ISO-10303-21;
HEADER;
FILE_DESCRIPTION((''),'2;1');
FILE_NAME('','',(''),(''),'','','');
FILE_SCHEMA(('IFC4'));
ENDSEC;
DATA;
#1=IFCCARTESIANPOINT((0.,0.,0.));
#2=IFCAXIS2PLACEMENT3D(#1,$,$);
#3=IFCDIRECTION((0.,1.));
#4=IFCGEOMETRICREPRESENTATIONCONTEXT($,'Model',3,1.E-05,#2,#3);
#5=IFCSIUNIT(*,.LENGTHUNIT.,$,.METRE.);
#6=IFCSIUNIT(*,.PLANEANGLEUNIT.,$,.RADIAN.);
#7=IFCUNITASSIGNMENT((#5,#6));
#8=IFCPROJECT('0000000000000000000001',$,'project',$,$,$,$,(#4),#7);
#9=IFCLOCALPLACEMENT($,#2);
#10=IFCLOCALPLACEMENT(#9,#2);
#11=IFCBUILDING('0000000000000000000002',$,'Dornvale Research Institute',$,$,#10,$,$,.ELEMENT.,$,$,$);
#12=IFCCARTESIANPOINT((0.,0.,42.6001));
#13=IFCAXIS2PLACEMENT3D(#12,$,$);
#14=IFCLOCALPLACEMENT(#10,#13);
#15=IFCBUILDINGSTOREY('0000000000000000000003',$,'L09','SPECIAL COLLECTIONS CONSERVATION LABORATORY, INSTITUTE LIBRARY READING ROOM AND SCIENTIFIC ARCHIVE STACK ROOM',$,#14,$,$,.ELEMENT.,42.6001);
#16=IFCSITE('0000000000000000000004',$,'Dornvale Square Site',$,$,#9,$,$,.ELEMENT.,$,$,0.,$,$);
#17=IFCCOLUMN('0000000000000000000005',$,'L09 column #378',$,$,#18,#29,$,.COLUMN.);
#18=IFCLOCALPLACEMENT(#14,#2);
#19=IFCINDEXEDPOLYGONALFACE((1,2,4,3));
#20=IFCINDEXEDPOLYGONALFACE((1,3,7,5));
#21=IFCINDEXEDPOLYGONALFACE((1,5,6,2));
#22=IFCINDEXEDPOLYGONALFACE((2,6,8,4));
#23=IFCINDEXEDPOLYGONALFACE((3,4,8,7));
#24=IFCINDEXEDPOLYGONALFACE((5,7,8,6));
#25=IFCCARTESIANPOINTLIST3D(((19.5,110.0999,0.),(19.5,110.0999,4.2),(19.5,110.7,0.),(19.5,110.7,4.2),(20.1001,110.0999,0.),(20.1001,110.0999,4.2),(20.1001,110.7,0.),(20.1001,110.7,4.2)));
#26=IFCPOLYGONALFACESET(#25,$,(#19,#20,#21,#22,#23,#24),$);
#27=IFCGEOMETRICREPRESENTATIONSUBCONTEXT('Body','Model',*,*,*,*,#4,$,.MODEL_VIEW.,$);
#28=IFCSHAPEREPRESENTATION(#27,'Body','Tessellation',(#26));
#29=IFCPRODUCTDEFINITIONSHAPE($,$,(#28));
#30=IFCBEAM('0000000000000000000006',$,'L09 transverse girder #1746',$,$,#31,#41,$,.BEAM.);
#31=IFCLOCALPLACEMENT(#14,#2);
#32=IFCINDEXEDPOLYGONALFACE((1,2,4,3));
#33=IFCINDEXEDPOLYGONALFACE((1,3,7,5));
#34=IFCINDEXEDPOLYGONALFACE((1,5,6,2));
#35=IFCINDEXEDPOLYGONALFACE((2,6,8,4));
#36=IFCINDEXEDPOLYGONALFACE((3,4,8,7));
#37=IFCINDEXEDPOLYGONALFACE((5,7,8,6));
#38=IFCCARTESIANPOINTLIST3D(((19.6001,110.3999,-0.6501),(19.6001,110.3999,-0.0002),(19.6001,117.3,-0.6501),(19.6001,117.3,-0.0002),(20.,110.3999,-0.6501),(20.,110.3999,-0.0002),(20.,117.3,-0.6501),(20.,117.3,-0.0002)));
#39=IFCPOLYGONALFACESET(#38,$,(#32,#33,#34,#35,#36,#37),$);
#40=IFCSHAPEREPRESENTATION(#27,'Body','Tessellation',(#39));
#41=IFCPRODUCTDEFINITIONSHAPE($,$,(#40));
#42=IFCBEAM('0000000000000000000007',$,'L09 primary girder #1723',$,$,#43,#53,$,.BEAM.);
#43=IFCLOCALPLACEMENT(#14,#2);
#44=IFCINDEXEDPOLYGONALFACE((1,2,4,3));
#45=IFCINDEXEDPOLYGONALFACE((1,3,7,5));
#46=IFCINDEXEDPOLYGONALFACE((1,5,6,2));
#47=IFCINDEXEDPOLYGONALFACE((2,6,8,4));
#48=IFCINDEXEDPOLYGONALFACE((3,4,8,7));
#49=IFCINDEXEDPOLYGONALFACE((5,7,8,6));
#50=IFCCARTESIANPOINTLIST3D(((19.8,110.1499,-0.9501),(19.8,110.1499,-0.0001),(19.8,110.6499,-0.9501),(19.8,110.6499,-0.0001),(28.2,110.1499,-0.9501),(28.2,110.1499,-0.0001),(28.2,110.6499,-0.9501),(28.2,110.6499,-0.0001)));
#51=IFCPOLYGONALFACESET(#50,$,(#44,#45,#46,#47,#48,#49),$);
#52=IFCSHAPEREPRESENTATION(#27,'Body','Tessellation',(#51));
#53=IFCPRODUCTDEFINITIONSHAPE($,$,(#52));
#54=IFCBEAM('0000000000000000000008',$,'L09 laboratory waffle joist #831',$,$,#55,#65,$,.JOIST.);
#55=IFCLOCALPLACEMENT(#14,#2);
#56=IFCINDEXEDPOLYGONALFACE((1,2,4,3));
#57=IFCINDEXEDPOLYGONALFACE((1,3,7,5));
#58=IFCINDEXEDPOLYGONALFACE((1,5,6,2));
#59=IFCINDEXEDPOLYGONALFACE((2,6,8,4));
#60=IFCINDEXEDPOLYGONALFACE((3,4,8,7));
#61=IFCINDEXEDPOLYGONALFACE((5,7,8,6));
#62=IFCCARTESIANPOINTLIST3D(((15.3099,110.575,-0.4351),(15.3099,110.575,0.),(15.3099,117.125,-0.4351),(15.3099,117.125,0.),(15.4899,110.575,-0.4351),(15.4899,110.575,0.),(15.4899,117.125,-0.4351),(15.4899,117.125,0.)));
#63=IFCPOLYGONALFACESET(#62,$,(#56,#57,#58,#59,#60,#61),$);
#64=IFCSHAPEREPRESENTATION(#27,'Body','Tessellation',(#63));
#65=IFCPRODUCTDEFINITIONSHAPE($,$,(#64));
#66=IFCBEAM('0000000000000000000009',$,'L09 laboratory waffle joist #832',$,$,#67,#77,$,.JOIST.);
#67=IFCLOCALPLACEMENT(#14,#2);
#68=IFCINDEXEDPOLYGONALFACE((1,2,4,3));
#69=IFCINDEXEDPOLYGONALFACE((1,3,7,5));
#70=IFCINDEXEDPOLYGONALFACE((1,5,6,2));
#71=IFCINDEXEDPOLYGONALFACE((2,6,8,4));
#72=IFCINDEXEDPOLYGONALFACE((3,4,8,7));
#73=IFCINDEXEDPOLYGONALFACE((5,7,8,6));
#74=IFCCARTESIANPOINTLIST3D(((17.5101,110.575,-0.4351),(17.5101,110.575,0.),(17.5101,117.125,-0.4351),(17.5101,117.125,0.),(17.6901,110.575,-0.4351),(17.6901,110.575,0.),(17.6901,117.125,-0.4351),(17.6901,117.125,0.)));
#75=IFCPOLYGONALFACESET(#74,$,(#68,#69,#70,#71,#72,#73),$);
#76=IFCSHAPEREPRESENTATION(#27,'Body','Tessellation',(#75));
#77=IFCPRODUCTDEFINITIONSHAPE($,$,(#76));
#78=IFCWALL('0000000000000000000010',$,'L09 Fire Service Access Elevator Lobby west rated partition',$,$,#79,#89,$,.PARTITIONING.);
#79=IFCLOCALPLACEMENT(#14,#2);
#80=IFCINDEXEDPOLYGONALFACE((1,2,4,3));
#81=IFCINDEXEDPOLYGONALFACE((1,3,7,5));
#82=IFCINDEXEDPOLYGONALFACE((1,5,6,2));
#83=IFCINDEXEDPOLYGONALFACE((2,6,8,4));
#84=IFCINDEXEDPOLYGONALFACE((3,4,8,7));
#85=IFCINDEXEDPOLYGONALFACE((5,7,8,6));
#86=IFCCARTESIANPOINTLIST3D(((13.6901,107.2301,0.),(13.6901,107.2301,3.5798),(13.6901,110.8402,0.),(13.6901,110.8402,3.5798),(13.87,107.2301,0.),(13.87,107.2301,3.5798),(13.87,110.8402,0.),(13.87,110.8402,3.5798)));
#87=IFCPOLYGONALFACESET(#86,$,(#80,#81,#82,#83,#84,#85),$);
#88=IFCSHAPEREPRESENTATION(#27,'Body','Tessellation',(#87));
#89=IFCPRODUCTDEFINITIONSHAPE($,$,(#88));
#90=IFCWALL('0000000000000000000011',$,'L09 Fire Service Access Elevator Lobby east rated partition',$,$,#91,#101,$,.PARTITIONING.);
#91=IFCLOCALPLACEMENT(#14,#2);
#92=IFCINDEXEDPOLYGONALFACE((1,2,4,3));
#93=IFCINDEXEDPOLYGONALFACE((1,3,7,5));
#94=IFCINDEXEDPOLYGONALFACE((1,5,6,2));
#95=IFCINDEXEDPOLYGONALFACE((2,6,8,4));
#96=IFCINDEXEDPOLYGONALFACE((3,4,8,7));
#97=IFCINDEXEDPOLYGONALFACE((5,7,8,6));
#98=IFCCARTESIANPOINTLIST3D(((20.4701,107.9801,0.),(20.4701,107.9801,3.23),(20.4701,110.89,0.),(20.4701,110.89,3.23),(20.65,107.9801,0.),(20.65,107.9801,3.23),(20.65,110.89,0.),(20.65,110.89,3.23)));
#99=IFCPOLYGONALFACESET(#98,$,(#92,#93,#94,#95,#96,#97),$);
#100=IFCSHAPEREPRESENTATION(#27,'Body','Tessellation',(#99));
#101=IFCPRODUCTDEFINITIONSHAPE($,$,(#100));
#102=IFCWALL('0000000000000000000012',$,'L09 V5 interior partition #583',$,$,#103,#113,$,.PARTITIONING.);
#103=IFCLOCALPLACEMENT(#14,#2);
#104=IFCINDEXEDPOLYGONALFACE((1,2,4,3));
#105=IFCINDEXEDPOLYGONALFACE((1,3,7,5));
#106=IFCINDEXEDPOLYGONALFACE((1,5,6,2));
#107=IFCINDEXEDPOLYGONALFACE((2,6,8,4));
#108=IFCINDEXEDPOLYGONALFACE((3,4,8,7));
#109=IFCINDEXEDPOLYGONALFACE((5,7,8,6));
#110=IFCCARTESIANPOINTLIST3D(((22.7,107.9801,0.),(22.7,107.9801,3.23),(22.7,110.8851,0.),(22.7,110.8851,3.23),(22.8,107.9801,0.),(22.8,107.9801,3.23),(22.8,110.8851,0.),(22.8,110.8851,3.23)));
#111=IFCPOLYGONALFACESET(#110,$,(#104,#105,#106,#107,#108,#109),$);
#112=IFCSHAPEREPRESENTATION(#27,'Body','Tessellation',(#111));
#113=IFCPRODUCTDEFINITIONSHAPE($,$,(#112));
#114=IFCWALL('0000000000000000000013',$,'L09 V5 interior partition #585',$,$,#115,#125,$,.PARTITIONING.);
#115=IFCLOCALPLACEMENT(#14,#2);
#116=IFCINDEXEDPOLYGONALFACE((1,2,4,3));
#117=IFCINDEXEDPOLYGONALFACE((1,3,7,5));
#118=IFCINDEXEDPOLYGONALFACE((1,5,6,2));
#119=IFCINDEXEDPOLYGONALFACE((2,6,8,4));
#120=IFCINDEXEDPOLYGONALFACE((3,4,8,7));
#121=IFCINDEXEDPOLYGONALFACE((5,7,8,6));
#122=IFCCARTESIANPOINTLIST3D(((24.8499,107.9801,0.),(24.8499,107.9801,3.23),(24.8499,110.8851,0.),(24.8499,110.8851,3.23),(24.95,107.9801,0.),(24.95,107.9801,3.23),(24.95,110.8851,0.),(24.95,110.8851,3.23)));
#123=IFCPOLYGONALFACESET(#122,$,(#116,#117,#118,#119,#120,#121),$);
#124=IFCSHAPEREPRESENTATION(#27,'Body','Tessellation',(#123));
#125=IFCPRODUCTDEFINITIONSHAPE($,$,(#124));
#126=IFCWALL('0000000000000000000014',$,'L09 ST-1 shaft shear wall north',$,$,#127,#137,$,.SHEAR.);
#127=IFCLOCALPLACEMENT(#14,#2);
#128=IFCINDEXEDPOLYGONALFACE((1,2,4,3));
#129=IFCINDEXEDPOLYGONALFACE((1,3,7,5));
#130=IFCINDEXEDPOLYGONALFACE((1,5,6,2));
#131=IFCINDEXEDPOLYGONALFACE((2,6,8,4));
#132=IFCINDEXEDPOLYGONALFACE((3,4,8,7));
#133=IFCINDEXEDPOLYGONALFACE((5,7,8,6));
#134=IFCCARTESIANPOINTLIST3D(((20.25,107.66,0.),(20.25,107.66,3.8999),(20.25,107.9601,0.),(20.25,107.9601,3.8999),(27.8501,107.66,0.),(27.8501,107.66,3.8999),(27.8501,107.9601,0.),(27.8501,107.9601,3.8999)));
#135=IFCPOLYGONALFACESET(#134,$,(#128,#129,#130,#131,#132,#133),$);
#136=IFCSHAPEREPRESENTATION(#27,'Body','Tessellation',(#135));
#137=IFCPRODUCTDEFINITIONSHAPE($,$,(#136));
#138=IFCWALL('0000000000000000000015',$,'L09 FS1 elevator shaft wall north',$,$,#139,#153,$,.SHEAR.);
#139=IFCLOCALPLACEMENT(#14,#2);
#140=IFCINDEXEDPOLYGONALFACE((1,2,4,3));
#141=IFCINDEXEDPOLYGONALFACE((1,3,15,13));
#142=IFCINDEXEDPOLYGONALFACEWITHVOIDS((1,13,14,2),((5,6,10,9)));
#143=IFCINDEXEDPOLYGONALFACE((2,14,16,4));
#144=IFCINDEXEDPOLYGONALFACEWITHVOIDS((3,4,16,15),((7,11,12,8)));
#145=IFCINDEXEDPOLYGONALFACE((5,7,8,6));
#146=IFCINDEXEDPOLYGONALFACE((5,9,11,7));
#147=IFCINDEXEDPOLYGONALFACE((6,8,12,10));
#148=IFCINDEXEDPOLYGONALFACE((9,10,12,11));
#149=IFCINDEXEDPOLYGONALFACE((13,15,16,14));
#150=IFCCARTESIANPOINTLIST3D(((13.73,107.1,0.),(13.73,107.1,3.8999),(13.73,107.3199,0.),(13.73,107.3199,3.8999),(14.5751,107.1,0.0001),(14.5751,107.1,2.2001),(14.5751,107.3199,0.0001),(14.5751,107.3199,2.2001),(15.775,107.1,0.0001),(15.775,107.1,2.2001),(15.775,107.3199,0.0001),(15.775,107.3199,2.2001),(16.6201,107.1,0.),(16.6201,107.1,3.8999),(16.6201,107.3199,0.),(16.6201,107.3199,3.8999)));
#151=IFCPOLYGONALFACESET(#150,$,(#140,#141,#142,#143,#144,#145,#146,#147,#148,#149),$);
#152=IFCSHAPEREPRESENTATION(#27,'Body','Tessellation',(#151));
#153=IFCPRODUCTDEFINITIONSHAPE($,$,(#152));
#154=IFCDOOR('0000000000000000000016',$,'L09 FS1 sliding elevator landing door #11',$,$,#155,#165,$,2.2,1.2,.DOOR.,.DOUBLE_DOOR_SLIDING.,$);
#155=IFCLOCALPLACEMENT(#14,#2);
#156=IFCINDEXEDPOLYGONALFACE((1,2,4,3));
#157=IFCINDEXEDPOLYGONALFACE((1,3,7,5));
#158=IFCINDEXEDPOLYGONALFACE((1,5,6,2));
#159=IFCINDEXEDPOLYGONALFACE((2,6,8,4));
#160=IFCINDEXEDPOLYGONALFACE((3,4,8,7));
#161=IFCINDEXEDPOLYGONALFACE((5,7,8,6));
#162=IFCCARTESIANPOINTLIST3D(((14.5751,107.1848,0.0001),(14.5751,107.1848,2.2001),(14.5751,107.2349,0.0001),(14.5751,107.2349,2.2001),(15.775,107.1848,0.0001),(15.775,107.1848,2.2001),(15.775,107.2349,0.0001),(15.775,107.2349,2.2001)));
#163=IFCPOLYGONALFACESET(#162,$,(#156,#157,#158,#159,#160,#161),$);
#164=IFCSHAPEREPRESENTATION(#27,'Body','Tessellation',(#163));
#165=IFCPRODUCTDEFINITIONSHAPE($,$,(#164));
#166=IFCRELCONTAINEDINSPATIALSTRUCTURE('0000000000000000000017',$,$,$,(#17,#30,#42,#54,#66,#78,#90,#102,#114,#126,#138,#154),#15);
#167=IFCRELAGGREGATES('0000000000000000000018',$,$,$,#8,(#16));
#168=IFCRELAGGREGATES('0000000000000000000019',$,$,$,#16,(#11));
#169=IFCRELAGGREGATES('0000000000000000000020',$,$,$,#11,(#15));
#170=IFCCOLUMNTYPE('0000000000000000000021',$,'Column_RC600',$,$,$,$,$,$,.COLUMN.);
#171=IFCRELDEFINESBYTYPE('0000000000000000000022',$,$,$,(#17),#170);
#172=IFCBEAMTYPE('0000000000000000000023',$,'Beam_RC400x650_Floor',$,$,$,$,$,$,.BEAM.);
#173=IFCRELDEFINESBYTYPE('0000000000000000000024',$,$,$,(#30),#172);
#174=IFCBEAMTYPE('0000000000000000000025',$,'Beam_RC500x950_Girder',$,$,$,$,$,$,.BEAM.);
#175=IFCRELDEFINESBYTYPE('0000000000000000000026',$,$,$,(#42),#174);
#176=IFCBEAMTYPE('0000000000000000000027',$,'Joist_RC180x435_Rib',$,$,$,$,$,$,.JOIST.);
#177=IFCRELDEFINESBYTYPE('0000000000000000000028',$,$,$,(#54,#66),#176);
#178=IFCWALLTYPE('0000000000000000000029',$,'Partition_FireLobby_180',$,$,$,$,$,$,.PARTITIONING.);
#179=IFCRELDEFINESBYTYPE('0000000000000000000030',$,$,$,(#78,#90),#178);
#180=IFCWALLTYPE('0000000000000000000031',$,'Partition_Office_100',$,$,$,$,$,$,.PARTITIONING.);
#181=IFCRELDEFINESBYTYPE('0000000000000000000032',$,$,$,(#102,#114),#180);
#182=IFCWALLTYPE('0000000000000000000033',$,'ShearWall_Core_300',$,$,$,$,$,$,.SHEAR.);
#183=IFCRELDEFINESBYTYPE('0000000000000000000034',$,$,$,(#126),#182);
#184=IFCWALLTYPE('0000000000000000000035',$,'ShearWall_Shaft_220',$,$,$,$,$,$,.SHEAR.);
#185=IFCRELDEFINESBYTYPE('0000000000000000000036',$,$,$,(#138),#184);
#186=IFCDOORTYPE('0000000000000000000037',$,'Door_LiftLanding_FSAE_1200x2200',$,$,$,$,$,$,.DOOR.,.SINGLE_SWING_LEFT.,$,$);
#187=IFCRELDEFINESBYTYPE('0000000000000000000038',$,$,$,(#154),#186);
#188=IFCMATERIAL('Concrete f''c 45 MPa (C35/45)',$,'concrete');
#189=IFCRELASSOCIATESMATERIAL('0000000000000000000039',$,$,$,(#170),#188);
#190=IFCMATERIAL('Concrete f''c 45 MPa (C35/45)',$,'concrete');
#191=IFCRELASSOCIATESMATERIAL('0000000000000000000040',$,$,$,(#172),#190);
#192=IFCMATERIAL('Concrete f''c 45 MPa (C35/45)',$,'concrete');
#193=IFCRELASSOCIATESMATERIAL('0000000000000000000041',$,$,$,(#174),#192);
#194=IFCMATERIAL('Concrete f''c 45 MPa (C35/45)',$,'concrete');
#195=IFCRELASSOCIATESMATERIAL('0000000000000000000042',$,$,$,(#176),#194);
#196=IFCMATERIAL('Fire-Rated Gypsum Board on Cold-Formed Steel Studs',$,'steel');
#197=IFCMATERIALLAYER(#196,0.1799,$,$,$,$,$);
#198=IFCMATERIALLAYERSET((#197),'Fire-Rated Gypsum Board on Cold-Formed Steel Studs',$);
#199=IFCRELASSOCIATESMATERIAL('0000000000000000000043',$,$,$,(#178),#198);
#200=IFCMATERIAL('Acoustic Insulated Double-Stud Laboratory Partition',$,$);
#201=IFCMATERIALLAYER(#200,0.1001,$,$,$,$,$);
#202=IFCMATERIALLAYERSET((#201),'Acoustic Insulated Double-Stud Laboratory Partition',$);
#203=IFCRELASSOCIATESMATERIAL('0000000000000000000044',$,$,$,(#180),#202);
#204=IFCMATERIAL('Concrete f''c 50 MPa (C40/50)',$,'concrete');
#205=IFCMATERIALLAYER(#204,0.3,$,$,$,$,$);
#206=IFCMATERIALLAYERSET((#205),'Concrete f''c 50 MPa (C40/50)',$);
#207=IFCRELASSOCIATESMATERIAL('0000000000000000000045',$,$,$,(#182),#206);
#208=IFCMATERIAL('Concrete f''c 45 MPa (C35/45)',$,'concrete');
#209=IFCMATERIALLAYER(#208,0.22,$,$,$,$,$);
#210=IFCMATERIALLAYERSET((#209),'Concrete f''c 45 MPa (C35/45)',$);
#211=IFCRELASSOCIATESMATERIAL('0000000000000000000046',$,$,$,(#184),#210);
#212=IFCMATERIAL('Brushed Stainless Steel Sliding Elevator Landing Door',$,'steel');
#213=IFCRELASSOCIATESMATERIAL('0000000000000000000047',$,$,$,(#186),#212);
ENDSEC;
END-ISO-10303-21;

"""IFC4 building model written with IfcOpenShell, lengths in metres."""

from ifc_helpers import new_model, si_unit, direction, frame, frame_2d, origin, origin_2d, place, context, subcontext, project, spatial, rectangle, extrude, material, layer, layer_set, material_profile, profile_set, type_object, element, fill, save


model = new_model("IFC4")

# Units and contexts
model_context = context("Model", 3, precision=1e-05, world=origin(), true_north=direction((0.0, 1.0)))
body_context = subcontext(model_context, "Body", "Model", "MODEL_VIEW")
ifc_project = project(units=[si_unit("LENGTHUNIT", "METRE"), si_unit("PLANEANGLEUNIT", "RADIAN")], contexts=[model_context])

# Site, building, storey
site_placement = place(None, origin())
site = spatial("IfcSite", under=ifc_project, at=site_placement, Name="Dornvale Square Site", CompositionType="ELEMENT", RefElevation=0.0)
building_placement = place(site_placement, origin())
building = spatial("IfcBuilding", under=site, at=building_placement, Name="Dornvale Research Institute", CompositionType="ELEMENT")
storey_placement = place(building_placement, frame((0.0, 0.0, 42.6001)))
storey = spatial("IfcBuildingStorey", under=building, at=storey_placement, Name="L09", Description="SPECIAL COLLECTIONS CONSERVATION LABORATORY, INSTITUTE LIBRARY READING ROOM AND SCIENTIFIC ARCHIVE STACK ROOM", CompositionType="ELEMENT", Elevation=42.6001)

# Column
ifc_material_1 = material(Name="Concrete f'c 45 MPa (C35/45)", Category="concrete")
ifc_material_profile_1 = material_profile(ifc_material_1, rectangle(XDim=0.6001, YDim=0.6001, at=origin_2d()), Name="RC 600x600")
ifc_profile_set_1 = profile_set([ifc_material_profile_1], Name="Concrete f'c 45 MPa (C35/45)")
column_type = type_object("IfcColumnType", Name="Column_RC600", PredefinedType="COLUMN", material=ifc_profile_set_1)
column_placement = place(storey_placement, frame((19.8, 110.3999, 0.0), z_axis=(0.0, 0.0, 1.0), x_axis=(1.0, 0.0, 0.0)))
element("IfcColumn", 1, at=column_placement, inside=storey, type_object=column_type, Name="L09 column #378", PredefinedType="COLUMN", context=body_context, shape_type="SweptSolid", body=[
    extrude(rectangle(XDim=0.6001, YDim=0.6001, at=origin_2d()), origin(), (0.0, 0.0, 1.0), 4.2),
])

# Beams
ifc_material_2 = material(Name="Concrete f'c 45 MPa (C35/45)", Category="concrete")
ifc_material_profile_2 = material_profile(ifc_material_2, rectangle(XDim=0.3999, YDim=0.6499, at=origin_2d()), Name="RC 400x650")
ifc_profile_set_2 = profile_set([ifc_material_profile_2], Name="Concrete f'c 45 MPa (C35/45)")
beam_type_1 = type_object("IfcBeamType", Name="Beam_RC400x650_Floor", PredefinedType="BEAM", material=ifc_profile_set_2)
beam_1_placement = place(storey_placement, frame((19.8, 110.3999, -0.3252), z_axis=(0.0, 1.0, 0.0), x_axis=(-1.0, 0.0, 0.0)))
element("IfcBeam", 2, at=beam_1_placement, inside=storey, type_object=beam_type_1, Name="L09 transverse girder #1746", PredefinedType="BEAM", context=body_context, shape_type="SweptSolid", body=[
    extrude(rectangle(XDim=0.3999, YDim=0.6499, at=origin_2d()), origin(), (0.0, 0.0, 1.0), 6.9001),
])
ifc_material_3 = material(Name="Concrete f'c 45 MPa (C35/45)", Category="concrete")
ifc_material_profile_3 = material_profile(ifc_material_3, rectangle(XDim=0.5, YDim=0.95, at=origin_2d()), Name="RC 500x950")
ifc_profile_set_3 = profile_set([ifc_material_profile_3], Name="Concrete f'c 45 MPa (C35/45)")
beam_type_2 = type_object("IfcBeamType", Name="Beam_RC500x950_Girder", PredefinedType="BEAM", material=ifc_profile_set_3)
beam_2_placement = place(storey_placement, frame((19.8, 110.3999, -0.4751), z_axis=(1.0, 0.0, 0.0), x_axis=(0.0, 1.0, 0.0)))
element("IfcBeam", 3, at=beam_2_placement, inside=storey, type_object=beam_type_2, Name="L09 primary girder #1723", PredefinedType="BEAM", context=body_context, shape_type="SweptSolid", body=[
    extrude(rectangle(XDim=0.5, YDim=0.95, at=origin_2d()), origin(), (0.0, 0.0, 1.0), 8.3999),
])
ifc_material_4 = material(Name="Concrete f'c 45 MPa (C35/45)", Category="concrete")
ifc_material_profile_4 = material_profile(ifc_material_4, rectangle(XDim=0.1799, YDim=0.4351, at=origin_2d()), Name="RC 180x435")
ifc_profile_set_4 = profile_set([ifc_material_profile_4], Name="Concrete f'c 45 MPa (C35/45)")
beam_type_3 = type_object("IfcBeamType", Name="Joist_RC180x435_Rib", PredefinedType="JOIST", material=ifc_profile_set_4)
for number, where, z_axis, x_axis, name in (
    (4, (15.3999, 110.575, -0.2175), (0.0, 1.0, 0.0), (-1.0, 0.0, 0.0), "L09 laboratory waffle joist #831"),
    (5, (17.6001, 110.575, -0.2175), (0.0, 1.0, 0.0), (-1.0, 0.0, 0.0), "L09 laboratory waffle joist #832"),
):
    element("IfcBeam", number, at=place(storey_placement, frame(where, z_axis=z_axis, x_axis=x_axis)), inside=storey, type_object=beam_type_3, Name=name, PredefinedType="JOIST", context=body_context, shape_type="SweptSolid", body=[
        extrude(rectangle(XDim=0.1799, YDim=0.4351, at=origin_2d()), origin(), (0.0, 0.0, 1.0), 6.55),
    ])

# Walls
ifc_material_5 = material(Name="Fire-Rated Gypsum Board on Cold-Formed Steel Studs", Category="steel")
ifc_layer_1 = layer(ifc_material_5, 0.1799)
ifc_layer_set_1 = layer_set([ifc_layer_1], Name="Fire-Rated Gypsum Board on Cold-Formed Steel Studs")
wall_type_1 = type_object("IfcWallType", Name="Partition_FireLobby_180", PredefinedType="PARTITIONING", material=ifc_layer_set_1)
wall_1_placement = place(storey_placement, frame((13.78, 107.23, 0.0), z_axis=(0.0, 0.0, 1.0), x_axis=(0.0, 1.0, 0.0)))
element("IfcWall", 6, at=wall_1_placement, inside=storey, type_object=wall_type_1, Name="L09 Fire Service Access Elevator Lobby west rated partition", PredefinedType="PARTITIONING", context=body_context, shape_type="SweptSolid", body=[
    extrude(rectangle(XDim=3.6101, YDim=0.1799, at=frame_2d((1.8052, 0.0))), origin(), (0.0, 0.0, 1.0), 3.5798),
])
wall_2_placement = place(storey_placement, frame((20.5601, 107.98, 0.0), z_axis=(0.0, 0.0, 1.0), x_axis=(0.0, 1.0, 0.0)))
element("IfcWall", 7, at=wall_2_placement, inside=storey, type_object=wall_type_1, Name="L09 Fire Service Access Elevator Lobby east rated partition", PredefinedType="PARTITIONING", context=body_context, shape_type="SweptSolid", body=[
    extrude(rectangle(XDim=2.9099, YDim=0.1799, at=frame_2d((1.4551, 0.0))), origin(), (0.0, 0.0, 1.0), 3.23),
])
ifc_material_6 = material(Name="Acoustic Insulated Double-Stud Laboratory Partition")
ifc_layer_2 = layer(ifc_material_6, 0.1001)
ifc_layer_set_2 = layer_set([ifc_layer_2], Name="Acoustic Insulated Double-Stud Laboratory Partition")
wall_type_2 = type_object("IfcWallType", Name="Partition_Office_100", PredefinedType="PARTITIONING", material=ifc_layer_set_2)
for number, where, z_axis, x_axis, name in (
    (8, (22.75, 107.98, 0.0), (0.0, 0.0, 1.0), (0.0, 1.0, 0.0), "L09 V5 interior partition #583"),
    (9, (24.8999, 107.98, 0.0), (0.0, 0.0, 1.0), (0.0, 1.0, 0.0), "L09 V5 interior partition #585"),
):
    element("IfcWall", number, at=place(storey_placement, frame(where, z_axis=z_axis, x_axis=x_axis)), inside=storey, type_object=wall_type_2, Name=name, PredefinedType="PARTITIONING", context=body_context, shape_type="SweptSolid", body=[
        extrude(rectangle(XDim=2.905, YDim=0.1001, at=frame_2d((1.4526, 0.0))), origin(), (0.0, 0.0, 1.0), 3.23),
    ])
ifc_material_7 = material(Name="Concrete f'c 50 MPa (C40/50)", Category="concrete")
ifc_layer_3 = layer(ifc_material_7, 0.3)
ifc_layer_set_3 = layer_set([ifc_layer_3], Name="Concrete f'c 50 MPa (C40/50)")
wall_type_3 = type_object("IfcWallType", Name="ShearWall_Core_300", PredefinedType="SHEAR", material=ifc_layer_set_3)
wall_3_placement = place(storey_placement, frame((20.25, 107.8101, 0.0), z_axis=(0.0, 0.0, 1.0), x_axis=(1.0, 0.0, 0.0)))
element("IfcWall", 10, at=wall_3_placement, inside=storey, type_object=wall_type_3, Name="L09 ST-1 shaft shear wall north", PredefinedType="SHEAR", context=body_context, shape_type="SweptSolid", body=[
    extrude(rectangle(XDim=7.6001, YDim=0.3, at=frame_2d((3.8, 0.0))), origin(), (0.0, 0.0, 1.0), 3.8999),
])

# Wall, opening, door
ifc_material_8 = material(Name="Concrete f'c 45 MPa (C35/45)", Category="concrete")
ifc_layer_4 = layer(ifc_material_8, 0.22)
ifc_layer_set_4 = layer_set([ifc_layer_4], Name="Concrete f'c 45 MPa (C35/45)")
wall_type_4 = type_object("IfcWallType", Name="ShearWall_Shaft_220", PredefinedType="SHEAR", material=ifc_layer_set_4)
wall_4_placement = place(storey_placement, frame((13.73, 107.21, 0.0), z_axis=(0.0, 0.0, 1.0), x_axis=(1.0, 0.0, 0.0)))
wall_4 = element("IfcWall", 11, at=wall_4_placement, inside=storey, type_object=wall_type_4, Name="L09 FS1 elevator shaft wall north", PredefinedType="SHEAR", context=body_context, shape_type="SweptSolid", body=[
    extrude(rectangle(XDim=2.8901, YDim=0.22, at=frame_2d((1.4451, 0.0))), origin(), (0.0, 0.0, 1.0), 3.8999),
])
opening_1_placement = place(wall_4_placement, frame((0.845, 0.0, 0.0)))
opening_1 = element("IfcOpeningElement", 12, at=opening_1_placement, cuts=wall_4, PredefinedType="OPENING", context=body_context, shape_type="SweptSolid", body=[
    extrude(rectangle(XDim=1.2, YDim=2.2, at=frame_2d((0.6001, 1.1001))), frame((0.0, 0.125, 0.0), z_axis=(0.0, -1.0, 0.0), x_axis=(1.0, 0.0, 0.0)), (0.0, 0.0, 1.0), 0.25),
])
ifc_material_9 = material(Name="Brushed Stainless Steel Sliding Elevator Landing Door", Category="steel")
door_type = type_object("IfcDoorType", Name="Door_LiftLanding_FSAE_1200x2200", OperationType="SINGLE_SWING_LEFT", PredefinedType="DOOR", material=ifc_material_9)
door_1_placement = place(opening_1_placement, origin())
door_1 = element("IfcDoor", 13, at=door_1_placement, inside=storey, type_object=door_type, Name="L09 FS1 sliding elevator landing door #11", OperationType="DOUBLE_DOOR_SLIDING", OverallHeight=2.2, OverallWidth=1.2, PredefinedType="DOOR", context=body_context, shape_type="SweptSolid", body=[
    extrude(rectangle(XDim=1.2, YDim=2.2, at=frame_2d((0.6001, 1.1001))), frame((0.0, 0.0249, 0.0), z_axis=(0.0, -1.0, 0.0), x_axis=(1.0, 0.0, 0.0)), (0.0, 0.0, 1.0), 0.05),
])
fill(opening_1, door_1)

save(model, "model.ifc")
